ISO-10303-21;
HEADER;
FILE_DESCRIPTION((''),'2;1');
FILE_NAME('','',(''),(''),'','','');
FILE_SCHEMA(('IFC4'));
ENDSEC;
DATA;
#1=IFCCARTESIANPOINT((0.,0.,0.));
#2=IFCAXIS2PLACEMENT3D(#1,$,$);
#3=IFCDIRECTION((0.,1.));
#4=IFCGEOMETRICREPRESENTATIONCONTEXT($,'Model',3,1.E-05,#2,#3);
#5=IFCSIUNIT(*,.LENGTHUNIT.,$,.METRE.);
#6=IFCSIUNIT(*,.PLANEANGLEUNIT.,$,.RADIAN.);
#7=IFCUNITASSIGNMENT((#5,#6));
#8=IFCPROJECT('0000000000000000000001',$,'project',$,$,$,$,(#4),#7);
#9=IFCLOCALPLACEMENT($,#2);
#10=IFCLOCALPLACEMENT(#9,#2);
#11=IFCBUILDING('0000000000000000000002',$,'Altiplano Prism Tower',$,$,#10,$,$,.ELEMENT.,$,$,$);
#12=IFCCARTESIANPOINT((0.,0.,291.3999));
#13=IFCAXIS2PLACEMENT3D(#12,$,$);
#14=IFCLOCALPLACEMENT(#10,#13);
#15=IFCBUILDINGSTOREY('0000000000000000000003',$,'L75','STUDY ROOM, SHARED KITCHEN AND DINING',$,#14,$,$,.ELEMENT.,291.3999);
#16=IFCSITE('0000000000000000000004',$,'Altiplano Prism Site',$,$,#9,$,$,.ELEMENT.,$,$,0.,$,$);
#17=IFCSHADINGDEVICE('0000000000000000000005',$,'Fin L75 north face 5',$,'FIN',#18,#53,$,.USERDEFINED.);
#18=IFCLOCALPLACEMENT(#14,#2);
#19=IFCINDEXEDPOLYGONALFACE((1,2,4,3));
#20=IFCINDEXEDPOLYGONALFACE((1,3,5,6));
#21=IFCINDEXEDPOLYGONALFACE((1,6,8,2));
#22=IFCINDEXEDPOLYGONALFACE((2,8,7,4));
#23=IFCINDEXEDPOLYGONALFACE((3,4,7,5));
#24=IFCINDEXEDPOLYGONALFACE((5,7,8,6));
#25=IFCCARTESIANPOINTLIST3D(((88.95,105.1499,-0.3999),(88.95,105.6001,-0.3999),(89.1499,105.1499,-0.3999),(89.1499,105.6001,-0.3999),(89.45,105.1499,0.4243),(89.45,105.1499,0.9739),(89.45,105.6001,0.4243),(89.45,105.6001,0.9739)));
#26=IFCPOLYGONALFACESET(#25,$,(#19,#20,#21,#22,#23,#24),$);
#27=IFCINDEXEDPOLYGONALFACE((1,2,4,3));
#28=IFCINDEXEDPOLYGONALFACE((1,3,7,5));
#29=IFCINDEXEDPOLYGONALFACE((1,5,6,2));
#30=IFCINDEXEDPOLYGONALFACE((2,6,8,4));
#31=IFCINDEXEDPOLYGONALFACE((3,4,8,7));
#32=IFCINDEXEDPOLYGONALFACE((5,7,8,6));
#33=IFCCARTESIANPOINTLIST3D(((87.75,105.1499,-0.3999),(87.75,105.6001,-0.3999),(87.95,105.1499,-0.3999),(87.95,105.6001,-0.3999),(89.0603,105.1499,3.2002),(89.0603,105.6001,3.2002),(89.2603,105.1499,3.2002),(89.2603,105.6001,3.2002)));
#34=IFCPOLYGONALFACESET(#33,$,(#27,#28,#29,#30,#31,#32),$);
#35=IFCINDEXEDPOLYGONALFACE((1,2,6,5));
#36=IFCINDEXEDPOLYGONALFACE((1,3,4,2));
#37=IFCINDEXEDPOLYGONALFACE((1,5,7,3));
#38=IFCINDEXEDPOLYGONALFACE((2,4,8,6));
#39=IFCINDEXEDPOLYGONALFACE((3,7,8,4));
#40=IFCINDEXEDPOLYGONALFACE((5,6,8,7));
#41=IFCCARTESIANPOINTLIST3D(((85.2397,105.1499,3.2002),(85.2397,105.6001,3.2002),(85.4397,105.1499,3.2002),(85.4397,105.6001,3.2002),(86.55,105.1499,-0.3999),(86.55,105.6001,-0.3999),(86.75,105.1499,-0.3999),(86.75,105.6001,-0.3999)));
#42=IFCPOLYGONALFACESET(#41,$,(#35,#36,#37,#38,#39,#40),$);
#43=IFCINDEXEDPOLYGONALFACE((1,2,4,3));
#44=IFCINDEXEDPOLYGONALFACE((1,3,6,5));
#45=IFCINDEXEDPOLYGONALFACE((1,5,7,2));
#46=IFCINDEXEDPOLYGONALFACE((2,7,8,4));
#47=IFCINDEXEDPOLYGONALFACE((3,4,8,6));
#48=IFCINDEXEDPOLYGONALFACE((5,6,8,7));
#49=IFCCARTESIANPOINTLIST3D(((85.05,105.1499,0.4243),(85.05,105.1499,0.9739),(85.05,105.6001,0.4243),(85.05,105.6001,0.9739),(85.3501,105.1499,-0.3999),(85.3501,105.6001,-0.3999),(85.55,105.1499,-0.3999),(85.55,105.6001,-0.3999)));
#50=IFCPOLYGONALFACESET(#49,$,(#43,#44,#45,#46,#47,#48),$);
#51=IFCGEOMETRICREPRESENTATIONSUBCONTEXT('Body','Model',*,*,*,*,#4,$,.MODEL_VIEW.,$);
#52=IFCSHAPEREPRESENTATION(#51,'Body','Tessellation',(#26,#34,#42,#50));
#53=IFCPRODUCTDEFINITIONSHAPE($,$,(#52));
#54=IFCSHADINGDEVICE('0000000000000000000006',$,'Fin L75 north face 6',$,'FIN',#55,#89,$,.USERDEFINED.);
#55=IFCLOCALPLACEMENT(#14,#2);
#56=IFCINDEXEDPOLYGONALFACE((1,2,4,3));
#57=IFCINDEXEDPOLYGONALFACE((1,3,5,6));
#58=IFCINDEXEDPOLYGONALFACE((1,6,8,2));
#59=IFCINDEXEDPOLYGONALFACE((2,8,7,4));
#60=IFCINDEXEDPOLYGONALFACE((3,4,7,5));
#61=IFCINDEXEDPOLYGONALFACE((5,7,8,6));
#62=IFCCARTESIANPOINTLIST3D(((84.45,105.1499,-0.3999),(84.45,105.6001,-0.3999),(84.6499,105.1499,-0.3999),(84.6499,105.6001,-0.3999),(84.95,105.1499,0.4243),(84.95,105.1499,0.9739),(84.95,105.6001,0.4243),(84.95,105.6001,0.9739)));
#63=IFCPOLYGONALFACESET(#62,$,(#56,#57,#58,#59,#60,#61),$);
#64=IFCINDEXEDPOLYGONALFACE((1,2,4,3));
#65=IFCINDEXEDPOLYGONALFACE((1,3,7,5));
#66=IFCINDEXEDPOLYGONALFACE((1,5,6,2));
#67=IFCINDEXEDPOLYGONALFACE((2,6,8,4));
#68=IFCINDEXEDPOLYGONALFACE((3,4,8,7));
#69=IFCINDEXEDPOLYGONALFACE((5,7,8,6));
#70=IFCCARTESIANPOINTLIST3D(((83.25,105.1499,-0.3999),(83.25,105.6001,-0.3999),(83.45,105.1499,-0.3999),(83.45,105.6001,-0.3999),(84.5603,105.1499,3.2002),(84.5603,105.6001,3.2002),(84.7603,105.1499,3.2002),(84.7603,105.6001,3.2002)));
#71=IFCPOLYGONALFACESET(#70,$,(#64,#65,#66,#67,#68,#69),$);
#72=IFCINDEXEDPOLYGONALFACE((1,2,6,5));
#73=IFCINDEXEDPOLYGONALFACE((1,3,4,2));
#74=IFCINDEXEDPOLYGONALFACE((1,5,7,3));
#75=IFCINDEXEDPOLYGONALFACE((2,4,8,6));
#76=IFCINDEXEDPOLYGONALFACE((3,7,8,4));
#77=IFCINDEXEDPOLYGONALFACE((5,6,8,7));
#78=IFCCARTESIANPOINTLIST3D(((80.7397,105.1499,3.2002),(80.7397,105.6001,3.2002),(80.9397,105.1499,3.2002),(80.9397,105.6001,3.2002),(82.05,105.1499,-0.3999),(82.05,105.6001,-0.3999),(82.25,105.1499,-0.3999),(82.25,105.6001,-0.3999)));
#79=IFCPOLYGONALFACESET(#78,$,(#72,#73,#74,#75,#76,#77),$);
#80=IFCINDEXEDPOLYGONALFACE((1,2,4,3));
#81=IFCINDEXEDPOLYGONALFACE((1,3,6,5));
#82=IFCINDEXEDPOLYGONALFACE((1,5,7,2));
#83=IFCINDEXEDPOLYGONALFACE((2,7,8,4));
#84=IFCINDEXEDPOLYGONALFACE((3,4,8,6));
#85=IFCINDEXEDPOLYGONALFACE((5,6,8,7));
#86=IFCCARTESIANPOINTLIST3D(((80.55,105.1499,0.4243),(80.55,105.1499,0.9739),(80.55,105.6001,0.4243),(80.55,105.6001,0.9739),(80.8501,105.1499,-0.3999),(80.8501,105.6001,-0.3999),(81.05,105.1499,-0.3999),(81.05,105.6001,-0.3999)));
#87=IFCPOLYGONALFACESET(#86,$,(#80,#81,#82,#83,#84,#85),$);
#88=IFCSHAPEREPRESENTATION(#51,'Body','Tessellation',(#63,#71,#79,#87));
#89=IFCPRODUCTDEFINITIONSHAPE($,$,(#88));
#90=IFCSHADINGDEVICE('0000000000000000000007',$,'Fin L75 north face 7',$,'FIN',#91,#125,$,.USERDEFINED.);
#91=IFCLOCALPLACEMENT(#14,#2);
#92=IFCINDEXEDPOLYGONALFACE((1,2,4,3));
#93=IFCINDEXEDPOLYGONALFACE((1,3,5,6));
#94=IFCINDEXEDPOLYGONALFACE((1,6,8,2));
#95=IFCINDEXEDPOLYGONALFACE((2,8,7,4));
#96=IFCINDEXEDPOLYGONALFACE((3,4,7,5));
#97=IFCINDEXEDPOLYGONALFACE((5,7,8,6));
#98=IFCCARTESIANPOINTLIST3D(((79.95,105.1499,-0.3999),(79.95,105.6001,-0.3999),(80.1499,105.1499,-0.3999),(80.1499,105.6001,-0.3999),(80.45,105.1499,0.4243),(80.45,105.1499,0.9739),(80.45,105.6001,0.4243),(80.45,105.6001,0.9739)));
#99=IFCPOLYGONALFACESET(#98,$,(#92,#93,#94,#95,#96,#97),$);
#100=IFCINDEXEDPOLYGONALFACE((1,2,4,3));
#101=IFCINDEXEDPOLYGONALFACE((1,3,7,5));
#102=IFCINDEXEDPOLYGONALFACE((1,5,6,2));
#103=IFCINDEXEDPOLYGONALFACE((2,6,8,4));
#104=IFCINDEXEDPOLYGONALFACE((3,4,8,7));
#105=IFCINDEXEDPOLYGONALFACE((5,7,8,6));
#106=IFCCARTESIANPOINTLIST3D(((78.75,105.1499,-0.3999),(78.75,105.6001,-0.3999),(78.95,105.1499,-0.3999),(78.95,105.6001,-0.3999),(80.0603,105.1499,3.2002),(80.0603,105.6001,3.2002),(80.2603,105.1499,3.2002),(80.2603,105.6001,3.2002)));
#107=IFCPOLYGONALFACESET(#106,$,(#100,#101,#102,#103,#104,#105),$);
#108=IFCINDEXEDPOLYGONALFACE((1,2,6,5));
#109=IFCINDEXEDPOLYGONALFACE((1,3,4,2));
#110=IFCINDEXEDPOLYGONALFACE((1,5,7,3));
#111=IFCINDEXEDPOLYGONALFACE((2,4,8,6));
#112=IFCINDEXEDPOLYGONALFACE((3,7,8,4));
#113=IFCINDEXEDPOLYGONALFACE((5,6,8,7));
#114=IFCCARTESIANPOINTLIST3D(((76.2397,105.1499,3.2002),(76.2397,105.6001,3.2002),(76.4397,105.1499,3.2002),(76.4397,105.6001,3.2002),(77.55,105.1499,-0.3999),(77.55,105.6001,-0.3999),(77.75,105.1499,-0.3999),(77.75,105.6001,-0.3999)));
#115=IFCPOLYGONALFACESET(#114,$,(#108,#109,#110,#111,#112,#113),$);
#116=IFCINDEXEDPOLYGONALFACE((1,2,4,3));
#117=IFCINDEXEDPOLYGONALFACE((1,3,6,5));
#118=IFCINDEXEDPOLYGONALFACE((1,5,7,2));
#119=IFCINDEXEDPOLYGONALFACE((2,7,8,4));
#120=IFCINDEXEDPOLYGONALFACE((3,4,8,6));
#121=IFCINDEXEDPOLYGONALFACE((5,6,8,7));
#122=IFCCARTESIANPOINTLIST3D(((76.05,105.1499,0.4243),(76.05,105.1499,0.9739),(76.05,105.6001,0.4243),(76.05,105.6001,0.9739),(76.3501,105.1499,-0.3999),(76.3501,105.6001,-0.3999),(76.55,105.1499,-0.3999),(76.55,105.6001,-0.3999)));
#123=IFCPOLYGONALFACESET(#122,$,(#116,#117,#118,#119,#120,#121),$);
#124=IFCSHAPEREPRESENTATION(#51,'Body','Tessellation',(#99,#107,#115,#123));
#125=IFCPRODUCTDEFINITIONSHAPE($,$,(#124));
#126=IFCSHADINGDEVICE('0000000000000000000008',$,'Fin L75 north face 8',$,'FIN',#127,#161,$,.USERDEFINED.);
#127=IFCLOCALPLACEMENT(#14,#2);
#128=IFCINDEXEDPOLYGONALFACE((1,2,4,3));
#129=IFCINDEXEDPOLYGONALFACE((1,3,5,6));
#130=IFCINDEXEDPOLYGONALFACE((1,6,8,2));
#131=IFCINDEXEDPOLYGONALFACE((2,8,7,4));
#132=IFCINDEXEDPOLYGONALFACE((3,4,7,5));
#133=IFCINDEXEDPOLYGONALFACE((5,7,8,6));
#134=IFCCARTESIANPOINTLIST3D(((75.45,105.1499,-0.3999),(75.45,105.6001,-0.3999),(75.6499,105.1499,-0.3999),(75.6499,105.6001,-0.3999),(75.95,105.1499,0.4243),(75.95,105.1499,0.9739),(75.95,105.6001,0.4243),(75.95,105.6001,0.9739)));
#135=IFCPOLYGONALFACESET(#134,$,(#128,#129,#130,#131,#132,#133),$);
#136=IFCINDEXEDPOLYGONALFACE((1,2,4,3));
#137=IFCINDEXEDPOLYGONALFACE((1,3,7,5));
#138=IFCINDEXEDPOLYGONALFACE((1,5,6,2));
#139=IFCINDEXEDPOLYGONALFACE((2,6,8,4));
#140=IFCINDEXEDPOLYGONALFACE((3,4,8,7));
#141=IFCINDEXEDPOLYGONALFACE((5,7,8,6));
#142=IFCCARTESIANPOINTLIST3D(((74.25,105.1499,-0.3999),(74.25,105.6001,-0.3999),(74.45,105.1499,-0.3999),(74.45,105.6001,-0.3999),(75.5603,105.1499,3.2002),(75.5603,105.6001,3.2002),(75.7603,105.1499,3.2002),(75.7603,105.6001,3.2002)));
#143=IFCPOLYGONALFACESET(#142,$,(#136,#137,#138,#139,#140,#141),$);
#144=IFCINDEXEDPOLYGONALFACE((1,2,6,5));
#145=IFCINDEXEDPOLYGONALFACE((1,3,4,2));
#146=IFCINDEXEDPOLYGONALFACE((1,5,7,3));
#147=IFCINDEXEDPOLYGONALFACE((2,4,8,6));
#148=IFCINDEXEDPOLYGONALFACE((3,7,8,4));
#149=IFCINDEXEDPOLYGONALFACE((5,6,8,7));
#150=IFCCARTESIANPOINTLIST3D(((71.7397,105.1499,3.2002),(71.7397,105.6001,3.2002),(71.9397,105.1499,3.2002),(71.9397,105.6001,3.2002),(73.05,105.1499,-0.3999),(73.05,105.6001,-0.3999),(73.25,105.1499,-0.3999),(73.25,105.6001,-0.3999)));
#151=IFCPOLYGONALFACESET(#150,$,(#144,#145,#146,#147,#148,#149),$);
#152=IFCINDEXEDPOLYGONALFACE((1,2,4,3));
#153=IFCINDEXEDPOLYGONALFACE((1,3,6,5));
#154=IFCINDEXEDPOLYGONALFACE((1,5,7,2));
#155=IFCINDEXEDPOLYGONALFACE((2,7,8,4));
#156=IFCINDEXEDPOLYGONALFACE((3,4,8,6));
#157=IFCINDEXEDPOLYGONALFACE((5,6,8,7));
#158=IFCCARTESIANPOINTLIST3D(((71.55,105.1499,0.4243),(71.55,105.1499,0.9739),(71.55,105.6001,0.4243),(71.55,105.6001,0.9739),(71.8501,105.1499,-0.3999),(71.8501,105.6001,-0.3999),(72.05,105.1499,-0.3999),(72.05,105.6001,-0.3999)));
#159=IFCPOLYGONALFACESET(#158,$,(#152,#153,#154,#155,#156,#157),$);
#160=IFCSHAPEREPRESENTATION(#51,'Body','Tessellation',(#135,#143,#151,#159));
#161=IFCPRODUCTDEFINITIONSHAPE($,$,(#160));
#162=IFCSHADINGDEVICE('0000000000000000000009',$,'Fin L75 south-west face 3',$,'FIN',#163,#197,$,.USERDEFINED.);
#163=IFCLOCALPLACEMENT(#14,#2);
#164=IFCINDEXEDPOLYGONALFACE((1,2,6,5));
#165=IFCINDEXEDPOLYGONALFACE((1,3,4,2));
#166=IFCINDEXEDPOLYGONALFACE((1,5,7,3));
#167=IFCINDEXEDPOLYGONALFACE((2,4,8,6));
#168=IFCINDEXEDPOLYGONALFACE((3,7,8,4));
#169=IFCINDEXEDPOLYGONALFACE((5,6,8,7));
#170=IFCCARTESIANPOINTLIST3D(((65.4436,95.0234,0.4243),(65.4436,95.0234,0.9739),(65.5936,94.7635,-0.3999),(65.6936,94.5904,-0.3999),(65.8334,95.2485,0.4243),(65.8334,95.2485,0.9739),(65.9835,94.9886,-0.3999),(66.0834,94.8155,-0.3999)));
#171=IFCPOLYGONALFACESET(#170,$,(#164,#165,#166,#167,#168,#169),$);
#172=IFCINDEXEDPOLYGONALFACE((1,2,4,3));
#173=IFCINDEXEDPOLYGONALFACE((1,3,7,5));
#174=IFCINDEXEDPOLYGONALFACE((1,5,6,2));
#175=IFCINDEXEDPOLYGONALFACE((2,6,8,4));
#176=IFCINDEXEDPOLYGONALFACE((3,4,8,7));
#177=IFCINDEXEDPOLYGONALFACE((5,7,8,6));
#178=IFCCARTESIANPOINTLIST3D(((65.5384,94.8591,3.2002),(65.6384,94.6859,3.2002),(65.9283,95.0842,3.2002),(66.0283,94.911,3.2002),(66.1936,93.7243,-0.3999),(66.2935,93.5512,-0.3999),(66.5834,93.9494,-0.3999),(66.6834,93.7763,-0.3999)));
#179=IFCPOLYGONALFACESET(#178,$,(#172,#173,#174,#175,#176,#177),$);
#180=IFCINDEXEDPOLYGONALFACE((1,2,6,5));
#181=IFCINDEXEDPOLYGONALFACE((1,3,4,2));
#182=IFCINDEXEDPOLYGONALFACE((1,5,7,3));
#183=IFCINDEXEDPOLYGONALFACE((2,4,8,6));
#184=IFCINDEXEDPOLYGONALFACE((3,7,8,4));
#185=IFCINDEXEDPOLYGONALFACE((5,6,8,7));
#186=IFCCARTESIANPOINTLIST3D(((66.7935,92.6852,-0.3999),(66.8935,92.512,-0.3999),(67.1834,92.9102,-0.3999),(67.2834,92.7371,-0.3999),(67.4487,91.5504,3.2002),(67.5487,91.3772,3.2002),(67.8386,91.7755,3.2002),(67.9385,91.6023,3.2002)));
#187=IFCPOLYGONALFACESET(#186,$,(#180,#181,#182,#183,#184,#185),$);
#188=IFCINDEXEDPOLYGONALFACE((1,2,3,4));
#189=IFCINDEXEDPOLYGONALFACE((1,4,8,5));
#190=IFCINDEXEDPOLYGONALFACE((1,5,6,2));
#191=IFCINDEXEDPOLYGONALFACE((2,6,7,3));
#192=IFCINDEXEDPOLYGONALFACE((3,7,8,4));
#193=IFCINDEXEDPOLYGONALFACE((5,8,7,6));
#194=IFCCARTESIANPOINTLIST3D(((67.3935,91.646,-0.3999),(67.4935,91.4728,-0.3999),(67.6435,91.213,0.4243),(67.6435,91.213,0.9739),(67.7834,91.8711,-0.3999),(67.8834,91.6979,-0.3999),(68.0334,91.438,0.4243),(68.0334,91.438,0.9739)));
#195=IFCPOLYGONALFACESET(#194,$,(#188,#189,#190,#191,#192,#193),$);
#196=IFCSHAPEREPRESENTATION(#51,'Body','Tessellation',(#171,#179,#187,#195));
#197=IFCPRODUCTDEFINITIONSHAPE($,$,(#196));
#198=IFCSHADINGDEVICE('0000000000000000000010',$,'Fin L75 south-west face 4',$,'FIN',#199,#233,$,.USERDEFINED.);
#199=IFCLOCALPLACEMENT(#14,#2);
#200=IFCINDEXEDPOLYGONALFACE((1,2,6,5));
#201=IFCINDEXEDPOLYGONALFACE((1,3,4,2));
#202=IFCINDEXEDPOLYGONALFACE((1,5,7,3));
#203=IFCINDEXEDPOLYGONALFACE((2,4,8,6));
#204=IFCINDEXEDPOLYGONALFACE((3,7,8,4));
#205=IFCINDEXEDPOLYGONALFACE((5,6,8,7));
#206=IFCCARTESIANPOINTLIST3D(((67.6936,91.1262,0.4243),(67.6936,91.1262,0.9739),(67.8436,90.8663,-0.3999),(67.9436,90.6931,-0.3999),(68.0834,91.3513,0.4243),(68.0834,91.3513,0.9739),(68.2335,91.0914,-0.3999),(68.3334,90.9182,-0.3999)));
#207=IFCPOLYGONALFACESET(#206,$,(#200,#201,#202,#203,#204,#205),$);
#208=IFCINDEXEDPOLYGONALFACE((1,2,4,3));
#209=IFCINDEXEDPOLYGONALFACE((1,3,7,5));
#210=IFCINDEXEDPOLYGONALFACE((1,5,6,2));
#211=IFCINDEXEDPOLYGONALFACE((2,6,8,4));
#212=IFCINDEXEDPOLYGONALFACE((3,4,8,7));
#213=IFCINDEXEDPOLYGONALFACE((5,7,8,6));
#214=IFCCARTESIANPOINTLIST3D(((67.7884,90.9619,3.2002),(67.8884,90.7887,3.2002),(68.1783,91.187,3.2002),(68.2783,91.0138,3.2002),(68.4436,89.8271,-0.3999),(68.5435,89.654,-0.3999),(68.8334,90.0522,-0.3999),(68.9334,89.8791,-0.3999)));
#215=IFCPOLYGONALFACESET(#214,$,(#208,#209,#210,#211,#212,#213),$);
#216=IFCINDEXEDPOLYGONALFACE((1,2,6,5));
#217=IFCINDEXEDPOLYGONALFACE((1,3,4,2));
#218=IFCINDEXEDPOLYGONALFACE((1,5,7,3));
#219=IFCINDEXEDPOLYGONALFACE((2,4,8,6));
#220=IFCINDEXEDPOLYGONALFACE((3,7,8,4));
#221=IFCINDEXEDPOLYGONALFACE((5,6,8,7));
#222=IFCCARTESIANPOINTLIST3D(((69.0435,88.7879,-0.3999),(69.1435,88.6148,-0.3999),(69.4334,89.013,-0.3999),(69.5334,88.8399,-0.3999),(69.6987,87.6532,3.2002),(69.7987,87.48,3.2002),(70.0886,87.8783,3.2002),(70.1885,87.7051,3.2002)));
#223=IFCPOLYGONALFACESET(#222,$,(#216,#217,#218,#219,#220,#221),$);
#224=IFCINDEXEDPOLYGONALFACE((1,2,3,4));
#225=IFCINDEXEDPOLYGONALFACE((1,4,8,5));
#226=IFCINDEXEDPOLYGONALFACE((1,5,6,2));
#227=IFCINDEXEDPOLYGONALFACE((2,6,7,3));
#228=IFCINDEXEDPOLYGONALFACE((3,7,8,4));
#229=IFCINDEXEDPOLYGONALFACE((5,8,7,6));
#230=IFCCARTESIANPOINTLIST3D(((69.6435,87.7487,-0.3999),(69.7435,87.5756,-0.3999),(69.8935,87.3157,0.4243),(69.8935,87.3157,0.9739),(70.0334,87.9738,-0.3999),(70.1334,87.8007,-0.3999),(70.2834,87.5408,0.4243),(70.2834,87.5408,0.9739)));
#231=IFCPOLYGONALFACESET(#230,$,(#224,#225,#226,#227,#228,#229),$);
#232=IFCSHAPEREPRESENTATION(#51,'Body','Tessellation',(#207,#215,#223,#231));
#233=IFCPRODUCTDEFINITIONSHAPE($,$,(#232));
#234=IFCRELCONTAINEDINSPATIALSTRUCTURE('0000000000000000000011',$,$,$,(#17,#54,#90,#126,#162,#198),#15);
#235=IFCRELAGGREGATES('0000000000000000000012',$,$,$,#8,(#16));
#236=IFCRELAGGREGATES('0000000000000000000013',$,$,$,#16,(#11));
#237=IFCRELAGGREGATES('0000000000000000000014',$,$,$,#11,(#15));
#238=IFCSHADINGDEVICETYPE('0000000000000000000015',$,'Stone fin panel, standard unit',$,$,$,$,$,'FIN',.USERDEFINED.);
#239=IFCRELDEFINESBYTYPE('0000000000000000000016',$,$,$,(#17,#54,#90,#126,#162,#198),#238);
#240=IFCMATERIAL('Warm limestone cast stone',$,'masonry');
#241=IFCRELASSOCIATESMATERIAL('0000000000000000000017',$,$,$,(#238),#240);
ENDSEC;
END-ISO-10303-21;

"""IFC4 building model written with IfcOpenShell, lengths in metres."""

from ifc_helpers import new_model, si_unit, direction, frame, origin, place, context, subcontext, project, spatial, polyline, outline, extrude, source, transform, mapped, material, type_object, element, save


model = new_model("IFC4")

# Units and contexts
model_context = context("Model", 3, precision=1e-05, world=origin(), true_north=direction((0.0, 1.0)))
body_context = subcontext(model_context, "Body", "Model", "MODEL_VIEW")
ifc_project = project(units=[si_unit("LENGTHUNIT", "METRE"), si_unit("PLANEANGLEUNIT", "RADIAN")], contexts=[model_context])

# Site, building, storey
site_placement = place(None, origin())
site = spatial("IfcSite", under=ifc_project, at=site_placement, Name="Altiplano Prism Site", CompositionType="ELEMENT", RefElevation=0.0)
building_placement = place(site_placement, origin())
building = spatial("IfcBuilding", under=site, at=building_placement, Name="Altiplano Prism Tower", CompositionType="ELEMENT")
storey_placement = place(building_placement, frame((0.0, 0.0, 291.3999)))
storey = spatial("IfcBuildingStorey", under=building, at=storey_placement, Name="L75", Description="STUDY ROOM, SHARED KITCHEN AND DINING", CompositionType="ELEMENT", Elevation=291.3999)

# Shading devices
ifc_material_1 = material(Name="Warm limestone cast stone", Category="masonry")
shading_device_type_1 = type_object("IfcShadingDeviceType", Name="Stone fin panel, standard unit", ElementType="FIN", PredefinedType="USERDEFINED", material=ifc_material_1)
shared_shape_1 = source(origin(), body_context, "Body", "SweptSolid", [
    extrude(outline(polyline([(-2.2, 1.3738), (-2.2, 0.8242), (-1.8999, 0.0), (-1.7, 0.0), (-2.2, 1.3738)])), frame((0.0, -0.1499, 0.0), z_axis=(0.0, -1.0, 0.0), x_axis=(1.0, 0.0, 0.0)), (0.0, 0.0, 1.0), 0.4502),
    extrude(outline(polyline([(-2.0103, 3.6001), (-0.7, 0.0), (-0.5, 0.0), (-1.8103, 3.6001), (-2.0103, 3.6001)])), frame((0.0, -0.1499, 0.0), z_axis=(0.0, -1.0, 0.0), x_axis=(1.0, 0.0, 0.0)), (0.0, 0.0, 1.0), 0.4502),
    extrude(outline(polyline([(1.8103, 3.6001), (0.5, 0.0), (0.7, 0.0), (2.0103, 3.6001), (1.8103, 3.6001)])), frame((0.0, -0.1499, 0.0), z_axis=(0.0, -1.0, 0.0), x_axis=(1.0, 0.0, 0.0)), (0.0, 0.0, 1.0), 0.4502),
    extrude(outline(polyline([(2.2, 0.8242), (2.2, 1.3738), (1.7, 0.0), (1.8999, 0.0), (2.2, 0.8242)])), frame((0.0, -0.1499, 0.0), z_axis=(0.0, -1.0, 0.0), x_axis=(1.0, 0.0, 0.0)), (0.0, 0.0, 1.0), 0.4502),
])
shading_device_1_placement = place(storey_placement, origin())
element("IfcShadingDevice", 1, at=shading_device_1_placement, inside=storey, type_object=shading_device_type_1, Name="Fin L75 north face 5", ObjectType="FIN", PredefinedType="USERDEFINED", context=body_context, shape_type="MappedRepresentation", body=[
    mapped(shared_shape_1, transform((87.25, 105.0, -0.3999), x_axis=(-1.0, 0.0, 0.0), y_axis=(0.0, -1.0, 0.0), z_axis=(0.0, 0.0, 1.0))),
])
shading_device_2_placement = place(storey_placement, origin())
element("IfcShadingDevice", 2, at=shading_device_2_placement, inside=storey, type_object=shading_device_type_1, Name="Fin L75 north face 6", ObjectType="FIN", PredefinedType="USERDEFINED", context=body_context, shape_type="MappedRepresentation", body=[
    mapped(shared_shape_1, transform((82.75, 105.0, -0.3999), x_axis=(-1.0, 0.0, 0.0), y_axis=(0.0, -1.0, 0.0), z_axis=(0.0, 0.0, 1.0))),
])
shading_device_3_placement = place(storey_placement, origin())
element("IfcShadingDevice", 3, at=shading_device_3_placement, inside=storey, type_object=shading_device_type_1, Name="Fin L75 north face 7", ObjectType="FIN", PredefinedType="USERDEFINED", context=body_context, shape_type="MappedRepresentation", body=[
    mapped(shared_shape_1, transform((78.25, 105.0, -0.3999), x_axis=(-1.0, 0.0, 0.0), y_axis=(0.0, -1.0, 0.0), z_axis=(0.0, 0.0, 1.0))),
])
shading_device_4_placement = place(storey_placement, origin())
element("IfcShadingDevice", 4, at=shading_device_4_placement, inside=storey, type_object=shading_device_type_1, Name="Fin L75 north face 8", ObjectType="FIN", PredefinedType="USERDEFINED", context=body_context, shape_type="MappedRepresentation", body=[
    mapped(shared_shape_1, transform((73.75, 105.0, -0.3999), x_axis=(-1.0, 0.0, 0.0), y_axis=(0.0, -1.0, 0.0), z_axis=(0.0, 0.0, 1.0))),
])
shading_device_5_placement = place(storey_placement, origin())
element("IfcShadingDevice", 5, at=shading_device_5_placement, inside=storey, type_object=shading_device_type_1, Name="Fin L75 south-west face 3", ObjectType="FIN", PredefinedType="USERDEFINED", context=body_context, shape_type="MappedRepresentation", body=[
    mapped(shared_shape_1, transform((67.0632, 93.4182, -0.3999), x_axis=(0.5, -0.866025, 0.0), y_axis=(0.866025, 0.5, 0.0), z_axis=(0.0, 0.0, 1.0))),
])
shading_device_6_placement = place(storey_placement, origin())
element("IfcShadingDevice", 6, at=shading_device_6_placement, inside=storey, type_object=shading_device_type_1, Name="Fin L75 south-west face 4", ObjectType="FIN", PredefinedType="USERDEFINED", context=body_context, shape_type="MappedRepresentation", body=[
    mapped(shared_shape_1, transform((69.3132, 89.521, -0.3999), x_axis=(0.5, -0.866025, 0.0), y_axis=(0.866025, 0.5, 0.0), z_axis=(0.0, 0.0, 1.0))),
])

save(model, "model.ifc")
